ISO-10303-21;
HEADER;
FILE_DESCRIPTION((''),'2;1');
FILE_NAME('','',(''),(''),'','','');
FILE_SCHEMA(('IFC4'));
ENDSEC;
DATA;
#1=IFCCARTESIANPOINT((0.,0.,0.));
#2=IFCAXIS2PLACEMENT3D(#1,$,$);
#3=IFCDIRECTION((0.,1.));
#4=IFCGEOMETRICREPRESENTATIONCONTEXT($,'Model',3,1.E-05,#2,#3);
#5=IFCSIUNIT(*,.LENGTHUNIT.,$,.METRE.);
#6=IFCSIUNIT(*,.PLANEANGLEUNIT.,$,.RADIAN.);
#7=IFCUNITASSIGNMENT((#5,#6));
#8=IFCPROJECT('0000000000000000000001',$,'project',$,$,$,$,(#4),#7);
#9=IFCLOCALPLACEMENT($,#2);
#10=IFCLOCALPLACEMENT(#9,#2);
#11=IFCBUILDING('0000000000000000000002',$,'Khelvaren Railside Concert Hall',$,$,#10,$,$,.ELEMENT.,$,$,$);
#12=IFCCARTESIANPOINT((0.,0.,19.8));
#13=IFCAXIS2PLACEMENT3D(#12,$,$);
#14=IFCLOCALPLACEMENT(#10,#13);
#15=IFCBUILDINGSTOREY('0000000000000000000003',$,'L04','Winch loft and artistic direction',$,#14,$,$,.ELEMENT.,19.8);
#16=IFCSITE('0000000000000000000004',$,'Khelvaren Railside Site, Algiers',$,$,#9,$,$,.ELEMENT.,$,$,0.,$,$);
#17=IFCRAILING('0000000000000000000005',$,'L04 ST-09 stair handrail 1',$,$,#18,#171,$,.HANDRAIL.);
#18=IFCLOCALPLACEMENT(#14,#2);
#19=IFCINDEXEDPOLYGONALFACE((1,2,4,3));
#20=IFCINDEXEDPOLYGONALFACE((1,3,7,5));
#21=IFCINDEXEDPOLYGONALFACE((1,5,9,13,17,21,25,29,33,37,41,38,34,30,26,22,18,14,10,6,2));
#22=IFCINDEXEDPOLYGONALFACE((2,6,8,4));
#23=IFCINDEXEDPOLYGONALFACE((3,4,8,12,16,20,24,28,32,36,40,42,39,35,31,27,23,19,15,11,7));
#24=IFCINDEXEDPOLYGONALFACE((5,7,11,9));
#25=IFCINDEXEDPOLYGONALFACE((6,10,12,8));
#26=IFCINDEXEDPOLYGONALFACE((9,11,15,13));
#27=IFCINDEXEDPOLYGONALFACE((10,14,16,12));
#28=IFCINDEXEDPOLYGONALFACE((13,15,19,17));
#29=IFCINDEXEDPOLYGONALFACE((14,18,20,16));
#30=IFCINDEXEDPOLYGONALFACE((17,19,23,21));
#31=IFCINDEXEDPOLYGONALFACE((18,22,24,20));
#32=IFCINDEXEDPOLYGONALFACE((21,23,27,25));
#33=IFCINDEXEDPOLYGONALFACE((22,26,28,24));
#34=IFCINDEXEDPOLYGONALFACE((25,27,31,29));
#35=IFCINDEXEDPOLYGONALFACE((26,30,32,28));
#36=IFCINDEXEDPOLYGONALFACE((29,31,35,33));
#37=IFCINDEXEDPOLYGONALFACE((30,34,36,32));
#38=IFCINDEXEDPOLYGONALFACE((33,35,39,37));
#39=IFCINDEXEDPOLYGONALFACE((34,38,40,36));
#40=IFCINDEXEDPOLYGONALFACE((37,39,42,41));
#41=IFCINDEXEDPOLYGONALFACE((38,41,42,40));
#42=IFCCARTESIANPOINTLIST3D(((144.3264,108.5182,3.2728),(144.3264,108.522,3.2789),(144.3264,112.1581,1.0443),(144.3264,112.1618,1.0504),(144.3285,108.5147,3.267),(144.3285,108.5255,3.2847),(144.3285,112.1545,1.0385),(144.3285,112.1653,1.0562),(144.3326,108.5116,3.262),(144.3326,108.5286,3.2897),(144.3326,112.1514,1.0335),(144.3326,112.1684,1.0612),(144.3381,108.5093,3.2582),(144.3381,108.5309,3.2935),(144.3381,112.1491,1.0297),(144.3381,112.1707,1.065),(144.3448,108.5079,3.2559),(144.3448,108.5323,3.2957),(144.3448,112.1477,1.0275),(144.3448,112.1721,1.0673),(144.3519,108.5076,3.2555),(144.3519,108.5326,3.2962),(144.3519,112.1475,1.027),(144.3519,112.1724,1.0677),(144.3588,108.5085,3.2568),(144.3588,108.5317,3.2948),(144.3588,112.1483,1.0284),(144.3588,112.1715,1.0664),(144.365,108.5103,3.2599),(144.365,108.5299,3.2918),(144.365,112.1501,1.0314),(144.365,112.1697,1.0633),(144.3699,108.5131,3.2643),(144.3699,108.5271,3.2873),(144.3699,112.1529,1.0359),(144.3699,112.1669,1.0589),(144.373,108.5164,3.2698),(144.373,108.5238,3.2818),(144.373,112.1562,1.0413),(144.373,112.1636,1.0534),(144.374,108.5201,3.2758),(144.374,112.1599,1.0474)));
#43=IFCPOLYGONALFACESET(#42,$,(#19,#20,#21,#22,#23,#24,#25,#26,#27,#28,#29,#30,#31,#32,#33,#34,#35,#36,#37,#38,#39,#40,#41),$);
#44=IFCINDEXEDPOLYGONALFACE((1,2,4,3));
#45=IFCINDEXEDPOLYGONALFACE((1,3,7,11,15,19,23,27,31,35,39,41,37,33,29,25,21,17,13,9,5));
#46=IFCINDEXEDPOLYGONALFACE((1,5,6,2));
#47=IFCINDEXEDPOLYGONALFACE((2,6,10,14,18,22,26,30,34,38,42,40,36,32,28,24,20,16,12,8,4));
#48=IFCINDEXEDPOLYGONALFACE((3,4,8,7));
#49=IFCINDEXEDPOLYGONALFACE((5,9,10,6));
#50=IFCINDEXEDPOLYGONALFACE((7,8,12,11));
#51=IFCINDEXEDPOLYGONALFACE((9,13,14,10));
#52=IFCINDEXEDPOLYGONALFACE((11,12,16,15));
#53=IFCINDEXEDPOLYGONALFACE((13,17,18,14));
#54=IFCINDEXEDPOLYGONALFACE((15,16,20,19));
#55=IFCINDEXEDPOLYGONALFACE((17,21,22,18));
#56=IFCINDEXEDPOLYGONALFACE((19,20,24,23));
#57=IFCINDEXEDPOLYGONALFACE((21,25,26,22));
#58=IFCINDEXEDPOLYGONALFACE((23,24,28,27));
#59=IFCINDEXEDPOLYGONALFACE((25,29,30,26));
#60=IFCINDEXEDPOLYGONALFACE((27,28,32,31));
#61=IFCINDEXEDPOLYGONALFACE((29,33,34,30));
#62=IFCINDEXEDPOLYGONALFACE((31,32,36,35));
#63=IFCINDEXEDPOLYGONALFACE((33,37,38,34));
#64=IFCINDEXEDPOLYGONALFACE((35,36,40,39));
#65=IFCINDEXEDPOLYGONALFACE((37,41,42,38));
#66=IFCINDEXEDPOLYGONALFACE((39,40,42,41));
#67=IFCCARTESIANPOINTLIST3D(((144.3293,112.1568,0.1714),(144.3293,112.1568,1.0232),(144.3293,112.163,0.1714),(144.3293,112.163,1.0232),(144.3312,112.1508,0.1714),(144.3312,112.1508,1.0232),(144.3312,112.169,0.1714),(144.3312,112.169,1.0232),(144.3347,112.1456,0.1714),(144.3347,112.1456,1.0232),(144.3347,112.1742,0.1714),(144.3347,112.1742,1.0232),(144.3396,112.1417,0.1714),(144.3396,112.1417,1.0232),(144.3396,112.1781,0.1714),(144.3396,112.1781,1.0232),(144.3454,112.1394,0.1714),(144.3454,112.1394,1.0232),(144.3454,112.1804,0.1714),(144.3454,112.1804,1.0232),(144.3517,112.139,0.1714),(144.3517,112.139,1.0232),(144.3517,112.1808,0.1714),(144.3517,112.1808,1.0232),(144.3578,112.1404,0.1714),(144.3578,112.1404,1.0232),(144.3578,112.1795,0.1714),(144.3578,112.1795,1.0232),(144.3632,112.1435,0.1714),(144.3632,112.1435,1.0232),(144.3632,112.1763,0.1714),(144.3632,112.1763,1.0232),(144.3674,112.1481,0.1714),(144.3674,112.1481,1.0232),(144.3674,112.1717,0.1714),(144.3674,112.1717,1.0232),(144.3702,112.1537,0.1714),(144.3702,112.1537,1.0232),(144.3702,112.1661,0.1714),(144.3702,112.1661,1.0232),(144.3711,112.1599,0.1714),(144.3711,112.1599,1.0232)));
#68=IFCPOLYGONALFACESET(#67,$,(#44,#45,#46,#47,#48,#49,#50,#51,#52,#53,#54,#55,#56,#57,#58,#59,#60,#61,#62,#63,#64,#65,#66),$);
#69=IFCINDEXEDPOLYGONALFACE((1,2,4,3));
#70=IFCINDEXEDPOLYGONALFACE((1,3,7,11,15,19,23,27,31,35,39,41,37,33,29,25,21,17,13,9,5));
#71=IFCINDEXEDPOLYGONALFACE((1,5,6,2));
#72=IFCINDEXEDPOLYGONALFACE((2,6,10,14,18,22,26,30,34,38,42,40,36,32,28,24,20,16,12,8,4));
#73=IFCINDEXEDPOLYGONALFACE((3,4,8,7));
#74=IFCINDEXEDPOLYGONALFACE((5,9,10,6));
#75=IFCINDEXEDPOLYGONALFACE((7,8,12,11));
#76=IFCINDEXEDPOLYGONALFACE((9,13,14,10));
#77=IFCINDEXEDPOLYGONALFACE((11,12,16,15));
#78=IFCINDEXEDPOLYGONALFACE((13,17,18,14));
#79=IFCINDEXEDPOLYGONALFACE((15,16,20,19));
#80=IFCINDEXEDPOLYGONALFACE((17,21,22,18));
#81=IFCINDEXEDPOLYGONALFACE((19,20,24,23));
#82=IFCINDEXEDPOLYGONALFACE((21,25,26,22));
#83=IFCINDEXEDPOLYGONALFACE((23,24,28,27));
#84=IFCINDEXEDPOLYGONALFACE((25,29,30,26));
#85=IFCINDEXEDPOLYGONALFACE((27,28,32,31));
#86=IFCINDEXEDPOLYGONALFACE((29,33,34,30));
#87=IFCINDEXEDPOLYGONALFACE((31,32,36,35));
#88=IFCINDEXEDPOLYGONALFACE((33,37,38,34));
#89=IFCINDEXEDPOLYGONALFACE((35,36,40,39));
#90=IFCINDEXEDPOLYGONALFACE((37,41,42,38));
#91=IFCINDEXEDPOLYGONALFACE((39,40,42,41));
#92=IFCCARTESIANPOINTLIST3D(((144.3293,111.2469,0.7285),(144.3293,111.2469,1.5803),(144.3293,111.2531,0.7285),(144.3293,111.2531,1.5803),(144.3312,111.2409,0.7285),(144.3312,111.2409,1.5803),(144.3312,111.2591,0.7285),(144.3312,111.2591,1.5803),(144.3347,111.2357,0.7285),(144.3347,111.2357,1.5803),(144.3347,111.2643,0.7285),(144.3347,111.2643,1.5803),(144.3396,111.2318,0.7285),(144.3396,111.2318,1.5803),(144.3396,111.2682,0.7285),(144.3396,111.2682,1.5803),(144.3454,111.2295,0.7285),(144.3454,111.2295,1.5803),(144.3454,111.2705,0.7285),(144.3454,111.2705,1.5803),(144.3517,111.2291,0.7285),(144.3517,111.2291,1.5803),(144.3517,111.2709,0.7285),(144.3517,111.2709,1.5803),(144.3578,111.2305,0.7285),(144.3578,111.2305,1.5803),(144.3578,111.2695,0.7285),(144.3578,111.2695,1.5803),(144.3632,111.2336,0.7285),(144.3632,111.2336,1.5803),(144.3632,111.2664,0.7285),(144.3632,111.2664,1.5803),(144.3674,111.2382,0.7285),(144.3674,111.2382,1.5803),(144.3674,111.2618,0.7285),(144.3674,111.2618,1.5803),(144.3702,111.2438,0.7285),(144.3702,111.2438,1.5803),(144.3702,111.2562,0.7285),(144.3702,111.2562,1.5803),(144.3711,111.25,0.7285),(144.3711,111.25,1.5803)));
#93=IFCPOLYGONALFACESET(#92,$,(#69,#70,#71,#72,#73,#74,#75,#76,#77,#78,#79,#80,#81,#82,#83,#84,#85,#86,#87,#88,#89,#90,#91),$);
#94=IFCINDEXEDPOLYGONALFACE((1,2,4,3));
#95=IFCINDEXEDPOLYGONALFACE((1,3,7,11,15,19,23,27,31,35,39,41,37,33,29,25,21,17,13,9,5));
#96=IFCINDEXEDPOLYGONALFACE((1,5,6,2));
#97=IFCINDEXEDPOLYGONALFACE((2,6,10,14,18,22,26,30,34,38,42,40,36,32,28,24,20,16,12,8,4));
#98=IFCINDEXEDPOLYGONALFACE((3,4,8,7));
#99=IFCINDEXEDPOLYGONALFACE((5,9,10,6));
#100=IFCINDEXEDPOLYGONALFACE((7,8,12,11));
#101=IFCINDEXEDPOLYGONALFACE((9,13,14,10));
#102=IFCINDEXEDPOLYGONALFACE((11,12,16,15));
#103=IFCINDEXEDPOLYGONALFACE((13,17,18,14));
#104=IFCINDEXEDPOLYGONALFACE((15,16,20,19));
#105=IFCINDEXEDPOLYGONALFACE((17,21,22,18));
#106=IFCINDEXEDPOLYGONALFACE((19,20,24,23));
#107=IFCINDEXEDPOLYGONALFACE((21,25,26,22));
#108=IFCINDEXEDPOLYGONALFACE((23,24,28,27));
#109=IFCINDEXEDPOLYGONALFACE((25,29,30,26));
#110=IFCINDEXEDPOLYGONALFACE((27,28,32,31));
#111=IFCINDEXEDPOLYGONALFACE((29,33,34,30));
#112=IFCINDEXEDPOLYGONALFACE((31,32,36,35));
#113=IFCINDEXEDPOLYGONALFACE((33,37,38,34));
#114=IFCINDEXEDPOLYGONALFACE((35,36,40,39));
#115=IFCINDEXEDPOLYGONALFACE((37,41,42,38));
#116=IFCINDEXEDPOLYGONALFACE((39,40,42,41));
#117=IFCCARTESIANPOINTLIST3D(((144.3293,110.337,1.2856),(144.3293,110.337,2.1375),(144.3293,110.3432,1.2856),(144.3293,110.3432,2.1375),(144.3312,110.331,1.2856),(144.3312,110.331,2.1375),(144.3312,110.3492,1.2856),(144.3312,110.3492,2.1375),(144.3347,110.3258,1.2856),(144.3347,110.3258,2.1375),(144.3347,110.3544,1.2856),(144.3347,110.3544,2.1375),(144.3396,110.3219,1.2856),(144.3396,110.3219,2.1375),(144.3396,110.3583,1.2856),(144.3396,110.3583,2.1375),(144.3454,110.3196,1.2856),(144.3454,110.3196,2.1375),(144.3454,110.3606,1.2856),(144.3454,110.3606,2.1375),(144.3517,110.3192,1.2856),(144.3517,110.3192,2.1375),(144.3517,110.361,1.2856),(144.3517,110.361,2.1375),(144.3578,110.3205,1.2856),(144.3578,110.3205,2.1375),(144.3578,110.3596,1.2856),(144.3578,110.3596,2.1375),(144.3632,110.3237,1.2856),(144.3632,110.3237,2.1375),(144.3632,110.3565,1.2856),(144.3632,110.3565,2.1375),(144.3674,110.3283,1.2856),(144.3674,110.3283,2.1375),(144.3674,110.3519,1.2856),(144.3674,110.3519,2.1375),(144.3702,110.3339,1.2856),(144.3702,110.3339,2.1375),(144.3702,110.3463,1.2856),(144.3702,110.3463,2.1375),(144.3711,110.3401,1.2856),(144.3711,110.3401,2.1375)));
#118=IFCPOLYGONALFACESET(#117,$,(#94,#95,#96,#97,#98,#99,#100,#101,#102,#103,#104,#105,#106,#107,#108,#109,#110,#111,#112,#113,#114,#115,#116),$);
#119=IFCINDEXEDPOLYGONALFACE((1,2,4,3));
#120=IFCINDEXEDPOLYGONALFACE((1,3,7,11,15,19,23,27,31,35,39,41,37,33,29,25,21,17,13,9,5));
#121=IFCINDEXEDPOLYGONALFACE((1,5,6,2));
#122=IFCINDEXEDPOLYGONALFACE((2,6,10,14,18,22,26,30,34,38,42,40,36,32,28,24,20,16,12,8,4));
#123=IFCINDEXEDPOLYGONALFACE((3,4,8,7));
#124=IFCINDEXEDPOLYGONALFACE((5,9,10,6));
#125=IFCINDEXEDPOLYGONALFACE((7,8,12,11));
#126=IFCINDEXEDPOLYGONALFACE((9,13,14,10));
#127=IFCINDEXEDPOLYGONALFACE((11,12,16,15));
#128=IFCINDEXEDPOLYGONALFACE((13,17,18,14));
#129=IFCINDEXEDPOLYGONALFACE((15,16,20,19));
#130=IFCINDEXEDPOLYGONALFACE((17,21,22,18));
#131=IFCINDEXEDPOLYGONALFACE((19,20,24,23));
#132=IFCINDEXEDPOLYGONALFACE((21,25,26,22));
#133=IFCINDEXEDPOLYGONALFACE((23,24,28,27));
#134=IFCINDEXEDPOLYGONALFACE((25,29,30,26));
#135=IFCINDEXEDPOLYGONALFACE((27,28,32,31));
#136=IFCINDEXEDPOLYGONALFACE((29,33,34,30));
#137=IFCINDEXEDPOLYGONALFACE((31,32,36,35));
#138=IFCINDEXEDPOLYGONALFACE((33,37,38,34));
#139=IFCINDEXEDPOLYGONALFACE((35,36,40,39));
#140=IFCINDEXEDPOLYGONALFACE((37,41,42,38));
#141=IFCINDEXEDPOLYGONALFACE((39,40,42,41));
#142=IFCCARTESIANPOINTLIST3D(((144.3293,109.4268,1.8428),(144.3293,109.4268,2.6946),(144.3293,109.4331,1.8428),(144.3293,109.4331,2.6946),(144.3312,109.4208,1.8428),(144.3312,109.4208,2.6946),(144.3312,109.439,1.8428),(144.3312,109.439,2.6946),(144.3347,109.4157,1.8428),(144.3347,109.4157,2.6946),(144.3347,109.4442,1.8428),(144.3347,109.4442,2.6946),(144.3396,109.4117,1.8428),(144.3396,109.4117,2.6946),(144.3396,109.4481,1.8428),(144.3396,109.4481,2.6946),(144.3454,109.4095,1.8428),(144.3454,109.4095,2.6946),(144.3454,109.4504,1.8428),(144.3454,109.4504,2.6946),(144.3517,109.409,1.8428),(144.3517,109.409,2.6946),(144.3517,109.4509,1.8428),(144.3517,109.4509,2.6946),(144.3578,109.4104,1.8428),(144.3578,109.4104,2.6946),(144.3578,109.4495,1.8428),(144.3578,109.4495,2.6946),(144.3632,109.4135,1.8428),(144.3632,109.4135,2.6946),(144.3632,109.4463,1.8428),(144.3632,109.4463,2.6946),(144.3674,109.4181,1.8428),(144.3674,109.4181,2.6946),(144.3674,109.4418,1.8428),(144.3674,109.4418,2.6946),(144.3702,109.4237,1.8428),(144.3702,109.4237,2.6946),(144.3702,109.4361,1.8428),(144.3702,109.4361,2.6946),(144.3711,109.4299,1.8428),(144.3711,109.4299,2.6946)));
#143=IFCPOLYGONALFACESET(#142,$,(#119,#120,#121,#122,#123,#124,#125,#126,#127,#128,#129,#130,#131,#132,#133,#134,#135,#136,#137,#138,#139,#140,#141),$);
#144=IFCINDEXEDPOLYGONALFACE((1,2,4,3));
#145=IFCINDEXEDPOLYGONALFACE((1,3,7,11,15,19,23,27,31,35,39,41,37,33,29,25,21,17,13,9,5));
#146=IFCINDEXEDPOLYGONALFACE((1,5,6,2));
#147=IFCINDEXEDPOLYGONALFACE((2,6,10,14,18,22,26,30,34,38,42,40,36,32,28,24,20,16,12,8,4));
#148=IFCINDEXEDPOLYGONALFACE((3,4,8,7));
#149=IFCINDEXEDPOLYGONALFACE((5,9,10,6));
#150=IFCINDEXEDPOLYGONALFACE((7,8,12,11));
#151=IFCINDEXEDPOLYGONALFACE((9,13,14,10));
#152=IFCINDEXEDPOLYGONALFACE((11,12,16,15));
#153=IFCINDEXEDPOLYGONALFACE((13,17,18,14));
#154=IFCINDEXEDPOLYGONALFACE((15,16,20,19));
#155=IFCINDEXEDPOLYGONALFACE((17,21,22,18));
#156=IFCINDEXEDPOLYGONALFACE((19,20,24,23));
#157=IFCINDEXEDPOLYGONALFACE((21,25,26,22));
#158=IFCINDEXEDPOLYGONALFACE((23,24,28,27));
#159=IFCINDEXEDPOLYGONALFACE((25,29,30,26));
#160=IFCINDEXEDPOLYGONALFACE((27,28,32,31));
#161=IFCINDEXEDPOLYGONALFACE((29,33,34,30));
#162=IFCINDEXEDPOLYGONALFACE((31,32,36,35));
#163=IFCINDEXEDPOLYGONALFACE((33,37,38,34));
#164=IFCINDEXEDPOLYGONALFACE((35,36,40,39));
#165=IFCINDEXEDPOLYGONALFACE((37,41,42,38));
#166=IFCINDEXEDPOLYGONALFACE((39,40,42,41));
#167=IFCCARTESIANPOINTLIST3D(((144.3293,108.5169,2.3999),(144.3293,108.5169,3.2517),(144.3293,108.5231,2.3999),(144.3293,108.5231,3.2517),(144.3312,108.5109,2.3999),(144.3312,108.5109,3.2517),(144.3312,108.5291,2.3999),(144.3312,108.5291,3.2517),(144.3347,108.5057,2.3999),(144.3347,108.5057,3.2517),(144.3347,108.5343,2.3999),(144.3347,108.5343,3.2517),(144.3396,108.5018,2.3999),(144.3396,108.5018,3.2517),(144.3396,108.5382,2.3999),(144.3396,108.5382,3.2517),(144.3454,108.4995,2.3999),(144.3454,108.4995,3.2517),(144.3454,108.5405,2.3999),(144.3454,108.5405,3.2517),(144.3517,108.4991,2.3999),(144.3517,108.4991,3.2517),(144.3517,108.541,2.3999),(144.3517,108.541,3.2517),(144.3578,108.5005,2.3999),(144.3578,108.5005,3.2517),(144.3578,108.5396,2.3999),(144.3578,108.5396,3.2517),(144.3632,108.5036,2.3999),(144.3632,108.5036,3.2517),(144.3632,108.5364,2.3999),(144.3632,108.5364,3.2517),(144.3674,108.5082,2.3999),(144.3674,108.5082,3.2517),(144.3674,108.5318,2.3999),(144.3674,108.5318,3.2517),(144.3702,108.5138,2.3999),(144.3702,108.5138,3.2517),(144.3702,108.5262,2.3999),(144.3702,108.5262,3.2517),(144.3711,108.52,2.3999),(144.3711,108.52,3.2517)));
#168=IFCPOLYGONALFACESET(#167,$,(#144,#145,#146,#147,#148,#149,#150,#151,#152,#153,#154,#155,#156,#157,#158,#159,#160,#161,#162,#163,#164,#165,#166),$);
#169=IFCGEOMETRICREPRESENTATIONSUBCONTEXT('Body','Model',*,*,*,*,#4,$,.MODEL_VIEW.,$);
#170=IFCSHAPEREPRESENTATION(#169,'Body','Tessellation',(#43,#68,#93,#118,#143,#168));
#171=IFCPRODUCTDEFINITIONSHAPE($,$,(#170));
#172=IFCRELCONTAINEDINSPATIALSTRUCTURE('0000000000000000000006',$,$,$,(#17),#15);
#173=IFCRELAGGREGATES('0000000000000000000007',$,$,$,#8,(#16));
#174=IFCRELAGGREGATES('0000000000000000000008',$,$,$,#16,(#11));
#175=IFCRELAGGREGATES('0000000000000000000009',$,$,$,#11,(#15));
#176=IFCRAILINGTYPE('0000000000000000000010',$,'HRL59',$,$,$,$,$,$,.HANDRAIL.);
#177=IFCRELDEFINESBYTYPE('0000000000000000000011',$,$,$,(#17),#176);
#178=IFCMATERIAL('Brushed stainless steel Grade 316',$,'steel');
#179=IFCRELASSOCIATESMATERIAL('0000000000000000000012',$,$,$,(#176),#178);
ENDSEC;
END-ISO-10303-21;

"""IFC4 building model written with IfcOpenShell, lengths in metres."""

from ifc_helpers import new_model, si_unit, direction, frame, origin, origin_2d, place, context, subcontext, project, spatial, circle, extrude, material, type_object, element, save


model = new_model("IFC4")

# Units and contexts
model_context = context("Model", 3, precision=1e-05, world=origin(), true_north=direction((0.0, 1.0)))
body_context = subcontext(model_context, "Body", "Model", "MODEL_VIEW")
ifc_project = project(units=[si_unit("LENGTHUNIT", "METRE"), si_unit("PLANEANGLEUNIT", "RADIAN")], contexts=[model_context])

# Site, building, storey
site_placement = place(None, origin())
site = spatial("IfcSite", under=ifc_project, at=site_placement, Name="Khelvaren Railside Site, Algiers", CompositionType="ELEMENT", RefElevation=0.0)
building_placement = place(site_placement, origin())
building = spatial("IfcBuilding", under=site, at=building_placement, Name="Khelvaren Railside Concert Hall", CompositionType="ELEMENT")
storey_placement = place(building_placement, frame((0.0, 0.0, 19.8)))
storey = spatial("IfcBuildingStorey", under=building, at=storey_placement, Name="L04", Description="Winch loft and artistic direction", CompositionType="ELEMENT", Elevation=19.8)

# Railing
ifc_material_1 = material(Name="Brushed stainless steel Grade 316", Category="steel")
railing_type_1 = type_object("IfcRailingType", Name="HRL59", PredefinedType="HANDRAIL", material=ifc_material_1)
railing_1_placement = place(storey_placement, frame((144.3501, 112.1599, 0.1714)))
element("IfcRailing", 1, at=railing_1_placement, inside=storey, type_object=railing_type_1, Name="L04 ST-09 stair handrail 1", PredefinedType="HANDRAIL", context=body_context, shape_type="SweptSolid", body=[
    extrude(circle(Radius=0.0239, at=origin_2d()), frame((0.0, 0.0, 0.876), z_axis=(0.0, -0.85285, 0.522156), x_axis=(1.0, 0.0, 0.0)), (0.0, 0.0, 1.0), 4.2678),
    extrude(circle(Radius=0.021, at=origin_2d()), origin(), (0.0, 0.0, 1.0), 0.8518),
    extrude(circle(Radius=0.021, at=origin_2d()), frame((0.0, -0.9099, 0.5571)), (0.0, 0.0, 1.0), 0.8518),
    extrude(circle(Radius=0.021, at=origin_2d()), frame((0.0, -1.8198, 1.1143)), (0.0, 0.0, 1.0), 0.8518),
    extrude(circle(Radius=0.021, at=origin_2d()), frame((0.0, -2.73, 1.6714)), (0.0, 0.0, 1.0), 0.8518),
    extrude(circle(Radius=0.021, at=origin_2d()), frame((0.0, -3.6399, 2.2285)), (0.0, 0.0, 1.0), 0.8518),
])

save(model, "model.ifc")
